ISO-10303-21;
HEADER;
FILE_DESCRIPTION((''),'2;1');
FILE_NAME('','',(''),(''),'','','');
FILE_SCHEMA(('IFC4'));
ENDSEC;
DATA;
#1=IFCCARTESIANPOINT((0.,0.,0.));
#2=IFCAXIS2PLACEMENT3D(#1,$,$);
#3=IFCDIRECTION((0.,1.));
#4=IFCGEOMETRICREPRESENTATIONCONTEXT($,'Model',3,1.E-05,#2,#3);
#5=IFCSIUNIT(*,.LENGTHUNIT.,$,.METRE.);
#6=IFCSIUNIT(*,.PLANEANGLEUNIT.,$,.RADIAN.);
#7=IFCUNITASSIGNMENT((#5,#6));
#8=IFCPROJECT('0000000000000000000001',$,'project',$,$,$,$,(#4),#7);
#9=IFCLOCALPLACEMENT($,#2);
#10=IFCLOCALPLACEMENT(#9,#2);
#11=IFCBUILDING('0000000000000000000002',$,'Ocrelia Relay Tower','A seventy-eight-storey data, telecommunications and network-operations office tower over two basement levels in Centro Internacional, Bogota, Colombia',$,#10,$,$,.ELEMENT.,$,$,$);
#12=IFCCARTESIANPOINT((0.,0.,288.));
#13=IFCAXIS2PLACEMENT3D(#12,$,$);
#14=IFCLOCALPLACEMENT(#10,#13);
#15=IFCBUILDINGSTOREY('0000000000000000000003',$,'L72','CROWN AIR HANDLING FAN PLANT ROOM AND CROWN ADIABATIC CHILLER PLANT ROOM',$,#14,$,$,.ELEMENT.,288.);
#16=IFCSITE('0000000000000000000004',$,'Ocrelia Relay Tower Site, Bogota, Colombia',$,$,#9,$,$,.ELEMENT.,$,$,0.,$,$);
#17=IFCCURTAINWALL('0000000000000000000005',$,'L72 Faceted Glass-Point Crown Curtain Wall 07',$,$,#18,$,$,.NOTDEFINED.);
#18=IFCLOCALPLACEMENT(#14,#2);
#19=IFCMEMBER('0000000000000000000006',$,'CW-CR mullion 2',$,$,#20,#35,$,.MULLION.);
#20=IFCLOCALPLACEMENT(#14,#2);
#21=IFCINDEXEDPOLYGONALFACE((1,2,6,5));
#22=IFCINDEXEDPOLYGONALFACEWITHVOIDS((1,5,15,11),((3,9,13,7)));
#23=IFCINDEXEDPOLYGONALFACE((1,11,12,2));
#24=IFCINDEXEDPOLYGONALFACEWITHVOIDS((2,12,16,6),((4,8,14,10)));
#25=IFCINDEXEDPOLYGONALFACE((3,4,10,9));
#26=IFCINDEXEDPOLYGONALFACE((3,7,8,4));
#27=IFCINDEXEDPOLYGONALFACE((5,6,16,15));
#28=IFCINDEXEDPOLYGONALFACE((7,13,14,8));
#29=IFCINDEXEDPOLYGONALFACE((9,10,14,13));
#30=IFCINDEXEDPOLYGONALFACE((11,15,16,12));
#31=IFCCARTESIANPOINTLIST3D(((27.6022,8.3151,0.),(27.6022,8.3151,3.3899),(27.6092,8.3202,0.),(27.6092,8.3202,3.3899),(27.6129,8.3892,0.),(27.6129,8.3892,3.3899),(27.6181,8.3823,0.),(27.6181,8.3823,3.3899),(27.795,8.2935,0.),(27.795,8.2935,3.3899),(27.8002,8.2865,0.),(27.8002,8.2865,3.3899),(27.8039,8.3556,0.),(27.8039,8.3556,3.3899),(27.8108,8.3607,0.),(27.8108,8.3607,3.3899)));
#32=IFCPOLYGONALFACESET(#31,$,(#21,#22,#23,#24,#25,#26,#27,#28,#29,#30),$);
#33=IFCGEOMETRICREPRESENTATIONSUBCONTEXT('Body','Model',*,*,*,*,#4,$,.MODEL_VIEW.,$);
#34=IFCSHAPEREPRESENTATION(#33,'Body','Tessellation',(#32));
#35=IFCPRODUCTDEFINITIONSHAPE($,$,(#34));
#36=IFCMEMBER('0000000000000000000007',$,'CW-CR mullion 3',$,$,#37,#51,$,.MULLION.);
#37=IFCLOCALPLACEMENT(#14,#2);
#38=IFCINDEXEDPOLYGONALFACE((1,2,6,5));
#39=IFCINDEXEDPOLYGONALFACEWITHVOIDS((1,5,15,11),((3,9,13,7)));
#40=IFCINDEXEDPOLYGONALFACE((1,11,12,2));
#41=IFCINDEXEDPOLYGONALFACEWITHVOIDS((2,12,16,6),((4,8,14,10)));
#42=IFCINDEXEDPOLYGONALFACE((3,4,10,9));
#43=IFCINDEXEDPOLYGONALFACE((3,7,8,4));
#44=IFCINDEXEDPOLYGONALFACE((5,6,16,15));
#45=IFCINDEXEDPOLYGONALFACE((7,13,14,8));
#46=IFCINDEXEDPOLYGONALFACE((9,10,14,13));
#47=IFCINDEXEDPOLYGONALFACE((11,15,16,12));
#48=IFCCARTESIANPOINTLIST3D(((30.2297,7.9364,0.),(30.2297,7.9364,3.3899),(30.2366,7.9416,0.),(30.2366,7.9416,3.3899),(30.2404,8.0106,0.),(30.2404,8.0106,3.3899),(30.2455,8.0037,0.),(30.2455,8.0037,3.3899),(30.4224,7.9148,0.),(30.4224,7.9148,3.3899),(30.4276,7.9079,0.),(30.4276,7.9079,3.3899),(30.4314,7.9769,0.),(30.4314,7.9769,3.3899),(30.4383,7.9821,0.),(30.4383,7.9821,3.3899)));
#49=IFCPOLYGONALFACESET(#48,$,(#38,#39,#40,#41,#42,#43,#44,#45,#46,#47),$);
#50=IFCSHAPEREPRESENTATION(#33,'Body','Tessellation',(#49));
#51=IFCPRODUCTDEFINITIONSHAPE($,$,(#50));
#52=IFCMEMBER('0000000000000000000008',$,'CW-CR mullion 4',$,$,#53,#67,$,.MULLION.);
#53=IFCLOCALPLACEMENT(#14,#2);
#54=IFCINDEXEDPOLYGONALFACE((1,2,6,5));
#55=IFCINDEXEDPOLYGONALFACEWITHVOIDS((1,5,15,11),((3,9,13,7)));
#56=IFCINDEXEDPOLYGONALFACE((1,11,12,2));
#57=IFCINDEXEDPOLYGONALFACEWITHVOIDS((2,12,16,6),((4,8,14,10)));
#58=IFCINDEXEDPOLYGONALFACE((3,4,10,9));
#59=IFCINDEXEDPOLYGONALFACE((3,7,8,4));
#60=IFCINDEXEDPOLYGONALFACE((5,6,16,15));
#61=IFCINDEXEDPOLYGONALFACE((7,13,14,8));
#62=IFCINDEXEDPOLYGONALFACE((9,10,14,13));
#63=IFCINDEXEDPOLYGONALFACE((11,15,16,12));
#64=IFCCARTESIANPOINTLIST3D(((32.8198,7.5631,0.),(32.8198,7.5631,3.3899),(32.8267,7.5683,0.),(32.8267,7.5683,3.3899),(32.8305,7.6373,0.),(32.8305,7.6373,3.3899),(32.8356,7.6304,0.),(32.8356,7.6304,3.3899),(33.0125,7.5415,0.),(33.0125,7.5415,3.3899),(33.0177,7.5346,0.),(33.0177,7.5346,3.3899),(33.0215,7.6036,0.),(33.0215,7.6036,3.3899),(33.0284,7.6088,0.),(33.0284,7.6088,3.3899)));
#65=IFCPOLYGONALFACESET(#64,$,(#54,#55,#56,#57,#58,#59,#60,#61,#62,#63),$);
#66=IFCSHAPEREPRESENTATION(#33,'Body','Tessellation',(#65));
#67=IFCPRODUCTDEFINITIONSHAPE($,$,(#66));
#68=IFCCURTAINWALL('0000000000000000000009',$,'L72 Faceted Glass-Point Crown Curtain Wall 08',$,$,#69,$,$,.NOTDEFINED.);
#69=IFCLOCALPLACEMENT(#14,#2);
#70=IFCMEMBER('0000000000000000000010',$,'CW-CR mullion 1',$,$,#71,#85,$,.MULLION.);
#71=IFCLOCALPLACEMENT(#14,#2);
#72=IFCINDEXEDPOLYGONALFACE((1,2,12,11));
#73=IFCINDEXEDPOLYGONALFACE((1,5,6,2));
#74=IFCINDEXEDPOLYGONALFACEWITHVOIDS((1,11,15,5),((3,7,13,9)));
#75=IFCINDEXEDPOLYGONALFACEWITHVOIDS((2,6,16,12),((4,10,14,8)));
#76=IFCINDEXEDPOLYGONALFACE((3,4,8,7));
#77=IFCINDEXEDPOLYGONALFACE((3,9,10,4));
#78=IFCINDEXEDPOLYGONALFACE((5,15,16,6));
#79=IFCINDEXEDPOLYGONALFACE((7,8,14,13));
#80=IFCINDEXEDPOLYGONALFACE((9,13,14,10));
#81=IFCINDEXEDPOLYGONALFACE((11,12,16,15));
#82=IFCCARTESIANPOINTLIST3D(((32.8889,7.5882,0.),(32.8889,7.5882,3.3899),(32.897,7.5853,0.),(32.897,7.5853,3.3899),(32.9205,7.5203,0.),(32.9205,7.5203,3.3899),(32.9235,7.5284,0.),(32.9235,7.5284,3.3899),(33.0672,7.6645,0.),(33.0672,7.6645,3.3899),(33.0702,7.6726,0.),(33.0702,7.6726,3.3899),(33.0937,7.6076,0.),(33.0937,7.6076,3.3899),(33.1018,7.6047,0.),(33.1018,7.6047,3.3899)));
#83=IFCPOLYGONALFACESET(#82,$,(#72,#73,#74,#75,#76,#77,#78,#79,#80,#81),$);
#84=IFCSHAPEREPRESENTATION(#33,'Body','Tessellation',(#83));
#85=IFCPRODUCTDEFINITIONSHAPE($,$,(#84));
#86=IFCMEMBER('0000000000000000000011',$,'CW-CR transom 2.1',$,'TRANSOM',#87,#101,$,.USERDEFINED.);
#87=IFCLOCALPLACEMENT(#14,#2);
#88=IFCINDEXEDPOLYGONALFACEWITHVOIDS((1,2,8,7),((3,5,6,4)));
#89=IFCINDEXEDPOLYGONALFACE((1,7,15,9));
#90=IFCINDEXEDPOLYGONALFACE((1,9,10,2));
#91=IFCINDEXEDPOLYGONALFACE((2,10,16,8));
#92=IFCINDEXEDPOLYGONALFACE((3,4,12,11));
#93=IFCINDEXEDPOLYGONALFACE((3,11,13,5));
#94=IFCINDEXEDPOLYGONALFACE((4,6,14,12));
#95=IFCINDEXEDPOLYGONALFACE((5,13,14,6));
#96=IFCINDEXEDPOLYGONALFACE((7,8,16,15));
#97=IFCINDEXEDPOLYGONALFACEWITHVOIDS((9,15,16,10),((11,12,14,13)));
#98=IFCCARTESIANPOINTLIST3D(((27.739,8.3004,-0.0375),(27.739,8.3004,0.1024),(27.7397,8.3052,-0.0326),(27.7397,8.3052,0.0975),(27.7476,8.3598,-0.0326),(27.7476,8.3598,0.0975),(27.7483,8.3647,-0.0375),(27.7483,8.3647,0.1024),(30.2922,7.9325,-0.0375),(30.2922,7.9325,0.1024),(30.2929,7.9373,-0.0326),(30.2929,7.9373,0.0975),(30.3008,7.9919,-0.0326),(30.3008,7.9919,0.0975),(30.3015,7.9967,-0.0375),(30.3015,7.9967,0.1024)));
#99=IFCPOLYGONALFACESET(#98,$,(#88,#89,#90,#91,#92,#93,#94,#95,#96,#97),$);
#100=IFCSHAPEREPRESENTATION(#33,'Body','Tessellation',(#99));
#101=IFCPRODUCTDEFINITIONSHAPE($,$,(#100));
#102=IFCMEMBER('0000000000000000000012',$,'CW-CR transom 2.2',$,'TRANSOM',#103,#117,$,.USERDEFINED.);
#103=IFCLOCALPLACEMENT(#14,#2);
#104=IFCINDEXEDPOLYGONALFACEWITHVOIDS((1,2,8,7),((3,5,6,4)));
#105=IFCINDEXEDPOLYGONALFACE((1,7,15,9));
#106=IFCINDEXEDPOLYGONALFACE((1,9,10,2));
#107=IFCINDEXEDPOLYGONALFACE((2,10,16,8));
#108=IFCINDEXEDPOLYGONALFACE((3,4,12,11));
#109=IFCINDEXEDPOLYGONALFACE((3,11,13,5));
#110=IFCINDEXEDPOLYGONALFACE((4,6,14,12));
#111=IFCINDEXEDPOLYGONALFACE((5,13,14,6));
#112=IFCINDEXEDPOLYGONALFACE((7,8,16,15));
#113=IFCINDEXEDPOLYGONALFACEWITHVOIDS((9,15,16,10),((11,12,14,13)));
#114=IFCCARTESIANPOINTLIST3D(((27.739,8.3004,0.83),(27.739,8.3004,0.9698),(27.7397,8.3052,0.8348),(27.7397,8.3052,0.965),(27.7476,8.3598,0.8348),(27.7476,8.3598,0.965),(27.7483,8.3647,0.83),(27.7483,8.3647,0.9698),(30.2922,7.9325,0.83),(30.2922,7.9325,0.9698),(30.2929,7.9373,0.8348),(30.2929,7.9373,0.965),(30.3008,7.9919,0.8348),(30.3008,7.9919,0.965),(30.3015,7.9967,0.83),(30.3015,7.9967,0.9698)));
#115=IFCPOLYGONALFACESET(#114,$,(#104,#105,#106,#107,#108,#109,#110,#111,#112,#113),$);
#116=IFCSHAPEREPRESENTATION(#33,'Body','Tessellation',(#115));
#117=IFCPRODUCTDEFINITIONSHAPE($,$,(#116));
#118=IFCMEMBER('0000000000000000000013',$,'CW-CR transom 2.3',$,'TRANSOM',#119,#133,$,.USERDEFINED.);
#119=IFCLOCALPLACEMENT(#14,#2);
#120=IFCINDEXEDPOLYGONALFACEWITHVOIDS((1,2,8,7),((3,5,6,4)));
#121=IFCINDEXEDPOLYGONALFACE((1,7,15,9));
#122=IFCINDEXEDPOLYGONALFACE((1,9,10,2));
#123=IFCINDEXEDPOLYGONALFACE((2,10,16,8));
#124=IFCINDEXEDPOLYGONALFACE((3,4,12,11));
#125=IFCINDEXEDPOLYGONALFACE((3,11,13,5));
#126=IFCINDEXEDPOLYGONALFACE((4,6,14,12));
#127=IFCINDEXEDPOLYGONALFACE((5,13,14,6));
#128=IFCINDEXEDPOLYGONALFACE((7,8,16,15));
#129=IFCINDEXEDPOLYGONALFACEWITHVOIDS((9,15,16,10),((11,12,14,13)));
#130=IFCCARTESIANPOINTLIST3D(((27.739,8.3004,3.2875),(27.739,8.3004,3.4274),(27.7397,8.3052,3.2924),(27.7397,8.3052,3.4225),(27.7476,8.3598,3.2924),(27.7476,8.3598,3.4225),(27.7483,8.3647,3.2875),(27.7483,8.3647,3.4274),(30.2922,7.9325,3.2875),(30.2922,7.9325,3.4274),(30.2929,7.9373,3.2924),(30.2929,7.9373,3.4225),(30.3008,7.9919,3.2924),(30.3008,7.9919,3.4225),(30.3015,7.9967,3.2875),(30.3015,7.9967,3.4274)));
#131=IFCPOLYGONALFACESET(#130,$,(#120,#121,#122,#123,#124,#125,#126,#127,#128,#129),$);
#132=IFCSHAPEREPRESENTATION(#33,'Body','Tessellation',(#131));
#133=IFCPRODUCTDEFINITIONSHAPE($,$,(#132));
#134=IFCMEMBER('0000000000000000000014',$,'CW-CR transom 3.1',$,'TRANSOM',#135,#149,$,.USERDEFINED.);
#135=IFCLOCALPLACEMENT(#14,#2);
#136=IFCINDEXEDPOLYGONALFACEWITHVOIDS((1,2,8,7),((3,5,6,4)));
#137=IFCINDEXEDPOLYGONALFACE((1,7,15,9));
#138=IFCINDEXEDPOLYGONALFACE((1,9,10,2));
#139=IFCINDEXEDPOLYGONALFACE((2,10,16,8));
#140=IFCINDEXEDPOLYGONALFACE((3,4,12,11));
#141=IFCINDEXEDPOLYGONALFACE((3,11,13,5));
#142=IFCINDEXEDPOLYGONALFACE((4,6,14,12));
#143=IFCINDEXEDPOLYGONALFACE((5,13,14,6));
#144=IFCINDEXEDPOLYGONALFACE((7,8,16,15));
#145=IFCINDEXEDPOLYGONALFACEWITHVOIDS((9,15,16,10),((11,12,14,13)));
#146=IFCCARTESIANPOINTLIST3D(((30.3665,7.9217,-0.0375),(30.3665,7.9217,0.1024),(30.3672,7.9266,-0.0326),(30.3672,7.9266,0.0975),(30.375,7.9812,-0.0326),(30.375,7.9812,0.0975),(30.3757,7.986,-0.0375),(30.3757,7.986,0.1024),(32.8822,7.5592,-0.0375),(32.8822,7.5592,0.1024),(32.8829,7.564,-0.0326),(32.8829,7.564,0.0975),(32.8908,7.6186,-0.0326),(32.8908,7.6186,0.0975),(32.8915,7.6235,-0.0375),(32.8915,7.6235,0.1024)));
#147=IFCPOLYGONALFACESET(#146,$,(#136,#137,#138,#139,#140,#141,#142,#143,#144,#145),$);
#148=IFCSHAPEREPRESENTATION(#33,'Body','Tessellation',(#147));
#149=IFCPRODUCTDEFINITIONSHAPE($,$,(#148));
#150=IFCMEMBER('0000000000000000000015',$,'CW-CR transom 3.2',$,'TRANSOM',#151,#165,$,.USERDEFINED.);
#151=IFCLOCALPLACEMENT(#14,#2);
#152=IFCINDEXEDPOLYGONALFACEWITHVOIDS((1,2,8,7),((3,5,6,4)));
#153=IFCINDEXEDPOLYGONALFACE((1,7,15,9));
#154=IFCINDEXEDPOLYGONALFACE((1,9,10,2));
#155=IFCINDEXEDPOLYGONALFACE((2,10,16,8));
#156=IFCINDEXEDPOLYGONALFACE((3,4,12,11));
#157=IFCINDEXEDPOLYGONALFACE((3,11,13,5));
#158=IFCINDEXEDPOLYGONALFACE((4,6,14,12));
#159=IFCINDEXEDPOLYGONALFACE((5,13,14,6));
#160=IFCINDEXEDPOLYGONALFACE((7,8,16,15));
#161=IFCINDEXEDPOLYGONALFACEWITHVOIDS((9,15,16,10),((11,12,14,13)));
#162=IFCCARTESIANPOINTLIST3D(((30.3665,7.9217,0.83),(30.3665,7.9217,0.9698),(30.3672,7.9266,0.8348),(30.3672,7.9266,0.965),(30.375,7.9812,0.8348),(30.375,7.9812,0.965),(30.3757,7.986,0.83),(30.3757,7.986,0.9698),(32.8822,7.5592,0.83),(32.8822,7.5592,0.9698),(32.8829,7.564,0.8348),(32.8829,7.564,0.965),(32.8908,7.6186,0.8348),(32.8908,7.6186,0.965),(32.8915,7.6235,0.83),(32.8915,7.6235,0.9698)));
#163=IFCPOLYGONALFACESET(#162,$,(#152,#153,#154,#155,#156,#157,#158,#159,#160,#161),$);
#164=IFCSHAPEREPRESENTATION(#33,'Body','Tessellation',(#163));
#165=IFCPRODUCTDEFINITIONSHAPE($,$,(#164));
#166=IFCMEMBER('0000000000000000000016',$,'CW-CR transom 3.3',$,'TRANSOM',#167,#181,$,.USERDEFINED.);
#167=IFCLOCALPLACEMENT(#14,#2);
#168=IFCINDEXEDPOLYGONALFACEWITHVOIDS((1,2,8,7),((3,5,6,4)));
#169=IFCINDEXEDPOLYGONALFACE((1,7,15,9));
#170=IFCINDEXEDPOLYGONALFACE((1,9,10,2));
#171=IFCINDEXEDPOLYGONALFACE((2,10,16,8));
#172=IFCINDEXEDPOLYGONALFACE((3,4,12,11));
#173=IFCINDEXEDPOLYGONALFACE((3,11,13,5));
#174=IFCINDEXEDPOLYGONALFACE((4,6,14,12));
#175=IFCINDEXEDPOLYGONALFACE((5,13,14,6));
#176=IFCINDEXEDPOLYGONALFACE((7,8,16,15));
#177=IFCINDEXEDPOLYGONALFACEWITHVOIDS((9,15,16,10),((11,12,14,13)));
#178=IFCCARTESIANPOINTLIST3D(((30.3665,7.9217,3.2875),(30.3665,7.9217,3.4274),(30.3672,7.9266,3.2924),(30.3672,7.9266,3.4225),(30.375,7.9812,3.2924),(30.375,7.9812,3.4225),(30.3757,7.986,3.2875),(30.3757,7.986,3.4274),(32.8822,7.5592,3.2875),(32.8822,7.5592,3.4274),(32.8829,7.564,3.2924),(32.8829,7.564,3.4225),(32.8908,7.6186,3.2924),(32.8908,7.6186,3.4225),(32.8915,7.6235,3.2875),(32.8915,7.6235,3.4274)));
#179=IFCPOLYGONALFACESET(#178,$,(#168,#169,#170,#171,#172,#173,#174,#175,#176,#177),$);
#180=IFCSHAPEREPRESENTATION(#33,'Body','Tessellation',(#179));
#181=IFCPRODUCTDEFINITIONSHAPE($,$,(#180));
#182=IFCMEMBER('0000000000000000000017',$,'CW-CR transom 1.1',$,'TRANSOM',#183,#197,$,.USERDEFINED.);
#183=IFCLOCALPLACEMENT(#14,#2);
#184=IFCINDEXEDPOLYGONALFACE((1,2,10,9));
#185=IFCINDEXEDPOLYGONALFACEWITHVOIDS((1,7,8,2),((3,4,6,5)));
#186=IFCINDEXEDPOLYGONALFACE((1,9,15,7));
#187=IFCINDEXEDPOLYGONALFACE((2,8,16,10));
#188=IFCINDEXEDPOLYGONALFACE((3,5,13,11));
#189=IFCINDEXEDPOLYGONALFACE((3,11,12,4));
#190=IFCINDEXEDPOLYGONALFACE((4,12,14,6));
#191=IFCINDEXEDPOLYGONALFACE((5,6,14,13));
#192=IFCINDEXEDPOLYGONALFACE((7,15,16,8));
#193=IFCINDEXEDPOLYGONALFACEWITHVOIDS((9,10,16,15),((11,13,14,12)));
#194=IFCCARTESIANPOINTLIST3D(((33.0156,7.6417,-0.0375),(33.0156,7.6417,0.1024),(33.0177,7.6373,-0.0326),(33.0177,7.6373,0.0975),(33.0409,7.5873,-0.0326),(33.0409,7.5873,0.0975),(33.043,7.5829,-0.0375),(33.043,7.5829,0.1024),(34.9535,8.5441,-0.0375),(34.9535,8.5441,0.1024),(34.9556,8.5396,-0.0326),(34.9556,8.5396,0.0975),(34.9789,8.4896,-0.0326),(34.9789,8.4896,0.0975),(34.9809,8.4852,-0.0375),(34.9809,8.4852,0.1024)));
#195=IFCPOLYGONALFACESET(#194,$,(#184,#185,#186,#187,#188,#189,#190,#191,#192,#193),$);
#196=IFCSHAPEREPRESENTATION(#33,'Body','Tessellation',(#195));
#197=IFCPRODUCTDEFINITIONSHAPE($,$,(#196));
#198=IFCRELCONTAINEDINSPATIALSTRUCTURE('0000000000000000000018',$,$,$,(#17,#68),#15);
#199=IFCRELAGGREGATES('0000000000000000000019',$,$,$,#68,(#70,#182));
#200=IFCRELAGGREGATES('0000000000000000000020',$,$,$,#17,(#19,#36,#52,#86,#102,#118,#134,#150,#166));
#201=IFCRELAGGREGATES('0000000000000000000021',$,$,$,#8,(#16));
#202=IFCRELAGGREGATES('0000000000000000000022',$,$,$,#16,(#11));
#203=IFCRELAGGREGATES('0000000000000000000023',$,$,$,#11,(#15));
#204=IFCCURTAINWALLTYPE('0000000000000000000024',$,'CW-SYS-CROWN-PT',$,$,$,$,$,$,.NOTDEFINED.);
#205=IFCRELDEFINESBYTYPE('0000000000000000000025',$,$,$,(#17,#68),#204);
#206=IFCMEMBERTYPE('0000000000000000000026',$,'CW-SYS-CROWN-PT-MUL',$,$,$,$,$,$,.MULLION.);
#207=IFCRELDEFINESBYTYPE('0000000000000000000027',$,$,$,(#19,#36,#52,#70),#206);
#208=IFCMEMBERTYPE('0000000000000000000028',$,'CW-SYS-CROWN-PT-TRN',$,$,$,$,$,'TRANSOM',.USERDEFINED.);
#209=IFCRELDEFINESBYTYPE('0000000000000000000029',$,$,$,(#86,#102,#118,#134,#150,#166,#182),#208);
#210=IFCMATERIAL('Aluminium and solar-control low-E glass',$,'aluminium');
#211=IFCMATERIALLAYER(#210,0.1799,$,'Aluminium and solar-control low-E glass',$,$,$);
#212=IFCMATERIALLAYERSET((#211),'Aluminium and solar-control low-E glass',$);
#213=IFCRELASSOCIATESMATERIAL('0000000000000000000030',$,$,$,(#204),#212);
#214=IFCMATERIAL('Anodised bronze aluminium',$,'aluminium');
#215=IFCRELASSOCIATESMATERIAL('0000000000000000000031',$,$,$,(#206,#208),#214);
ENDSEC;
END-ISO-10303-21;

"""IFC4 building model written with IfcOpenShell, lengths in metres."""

from ifc_helpers import new_model, si_unit, direction, frame, origin, origin_2d, place, context, subcontext, project, spatial, hollow_rectangle, extrude, material, layer, layer_set, material_profile, profile_set, type_object, element, aggregate, save


model = new_model("IFC4")

# Units and contexts
model_context = context("Model", 3, precision=1e-05, world=origin(), true_north=direction((0.0, 1.0)))
body_context = subcontext(model_context, "Body", "Model", "MODEL_VIEW")
ifc_project = project(units=[si_unit("LENGTHUNIT", "METRE"), si_unit("PLANEANGLEUNIT", "RADIAN")], contexts=[model_context])

# Site, building, storey
site_placement = place(None, origin())
site = spatial("IfcSite", under=ifc_project, at=site_placement, Name="Ocrelia Relay Tower Site, Bogota, Colombia", CompositionType="ELEMENT", RefElevation=0.0)
building_placement = place(site_placement, origin())
building = spatial("IfcBuilding", under=site, at=building_placement, Name="Ocrelia Relay Tower", Description="A seventy-eight-storey data, telecommunications and network-operations office tower over two basement levels in Centro Internacional, Bogota, Colombia", CompositionType="ELEMENT")
storey_placement = place(building_placement, frame((0.0, 0.0, 288.0)))
storey = spatial("IfcBuildingStorey", under=building, at=storey_placement, Name="L72", Description="CROWN AIR HANDLING FAN PLANT ROOM AND CROWN ADIABATIC CHILLER PLANT ROOM", CompositionType="ELEMENT", Elevation=288.0)

# Curtain wall, members
ifc_material_1 = material(Name="Aluminium and solar-control low-E glass", Category="aluminium")
ifc_layer_1 = layer(ifc_material_1, 0.1799, Name="Aluminium and solar-control low-E glass")
ifc_layer_set_1 = layer_set([ifc_layer_1], Name="Aluminium and solar-control low-E glass")
curtain_wall_type = type_object("IfcCurtainWallType", Name="CW-SYS-CROWN-PT", PredefinedType="NOTDEFINED", material=ifc_layer_set_1)
curtain_wall_1_placement = place(storey_placement, origin())
curtain_wall_1 = element("IfcCurtainWall", 1, at=curtain_wall_1_placement, inside=storey, type_object=curtain_wall_type, Name="L72 Faceted Glass-Point Crown Curtain Wall 07", PredefinedType="NOTDEFINED")
ifc_material_2 = material(Name="Anodised bronze aluminium", Category="aluminium")
ifc_material_profile_1 = material_profile(ifc_material_2, hollow_rectangle(XDim=0.075, YDim=0.2, WallThickness=0.0061, at=origin_2d()), Name="CW-MUL-200x75")
ifc_profile_set_1 = profile_set([ifc_material_profile_1], Name="Anodised bronze aluminium")
member_type_1 = type_object("IfcMemberType", Name="CW-SYS-CROWN-PT-MUL", PredefinedType="MULLION", material=ifc_profile_set_1)
member_1_placement = place(storey_placement, frame((27.7065, 8.3379, 0.0), z_axis=(0.0, 0.0, 1.0), x_axis=(0.142627, 0.989776, 0.0)))
member_1 = element("IfcMember", 2, at=member_1_placement, type_object=member_type_1, Name="CW-CR mullion 2", PredefinedType="MULLION", context=body_context, shape_type="SweptSolid", body=[
    extrude(hollow_rectangle(XDim=0.075, YDim=0.2, WallThickness=0.0061, at=origin_2d()), origin(), (0.0, 0.0, 1.0), 3.3899),
])
member_2_placement = place(storey_placement, frame((30.334, 7.9592, 0.0), z_axis=(0.0, 0.0, 1.0), x_axis=(0.142627, 0.989776, 0.0)))
member_2 = element("IfcMember", 3, at=member_2_placement, type_object=member_type_1, Name="CW-CR mullion 3", PredefinedType="MULLION", context=body_context, shape_type="SweptSolid", body=[
    extrude(hollow_rectangle(XDim=0.075, YDim=0.2, WallThickness=0.0061, at=origin_2d()), origin(), (0.0, 0.0, 1.0), 3.3899),
])
member_3_placement = place(storey_placement, frame((32.9241, 7.5859, 0.0), z_axis=(0.0, 0.0, 1.0), x_axis=(0.142627, 0.989776, 0.0)))
member_3 = element("IfcMember", 4, at=member_3_placement, type_object=member_type_1, Name="CW-CR mullion 4", PredefinedType="MULLION", context=body_context, shape_type="SweptSolid", body=[
    extrude(hollow_rectangle(XDim=0.075, YDim=0.2, WallThickness=0.0061, at=origin_2d()), origin(), (0.0, 0.0, 1.0), 3.3899),
])

# Curtain wall, member
curtain_wall_2_placement = place(storey_placement, origin())
curtain_wall_2 = element("IfcCurtainWall", 5, at=curtain_wall_2_placement, inside=storey, type_object=curtain_wall_type, Name="L72 Faceted Glass-Point Crown Curtain Wall 08", PredefinedType="NOTDEFINED")
member_4_placement = place(storey_placement, frame((32.9954, 7.5964, 0.0), z_axis=(0.0, 0.0, 1.0), x_axis=(-0.422115, 0.906542, 0.0)))
member_4 = element("IfcMember", 6, at=member_4_placement, type_object=member_type_1, Name="CW-CR mullion 1", PredefinedType="MULLION", context=body_context, shape_type="SweptSolid", body=[
    extrude(hollow_rectangle(XDim=0.075, YDim=0.2, WallThickness=0.0061, at=origin_2d()), origin(), (0.0, 0.0, 1.0), 3.3899),
])

# Members
ifc_material_profile_2 = material_profile(ifc_material_2, hollow_rectangle(XDim=0.0649, YDim=0.1399, WallThickness=0.0049, at=origin_2d()), Name="CW-TRN-140x65")
ifc_profile_set_2 = profile_set([ifc_material_profile_2], Name="Anodised bronze aluminium")
member_type_2 = type_object("IfcMemberType", Name="CW-SYS-CROWN-PT-TRN", ElementType="TRANSOM", PredefinedType="USERDEFINED", material=ifc_profile_set_2)
member_5_placement = place(storey_placement, frame((27.7437, 8.3325, 0.0325), z_axis=(0.989777, -0.142627, 0.0), x_axis=(0.142627, 0.989777, 0.0)))
member_5 = element("IfcMember", 7, at=member_5_placement, type_object=member_type_2, Name="CW-CR transom 2.1", ObjectType="TRANSOM", PredefinedType="USERDEFINED", context=body_context, shape_type="SweptSolid", body=[
    extrude(hollow_rectangle(XDim=0.0649, YDim=0.1399, WallThickness=0.0049, at=origin_2d()), origin(), (0.0, 0.0, 1.0), 2.5796),
])
member_6_placement = place(storey_placement, frame((27.7437, 8.3325, 0.8999), z_axis=(0.989777, -0.142627, 0.0), x_axis=(0.142627, 0.989777, 0.0)))
member_6 = element("IfcMember", 8, at=member_6_placement, type_object=member_type_2, Name="CW-CR transom 2.2", ObjectType="TRANSOM", PredefinedType="USERDEFINED", context=body_context, shape_type="SweptSolid", body=[
    extrude(hollow_rectangle(XDim=0.0649, YDim=0.1399, WallThickness=0.0049, at=origin_2d()), origin(), (0.0, 0.0, 1.0), 2.5796),
])
member_7_placement = place(storey_placement, frame((27.7437, 8.3325, 3.3574), z_axis=(0.989777, -0.142627, 0.0), x_axis=(0.142627, 0.989777, 0.0)))
member_7 = element("IfcMember", 9, at=member_7_placement, type_object=member_type_2, Name="CW-CR transom 2.3", ObjectType="TRANSOM", PredefinedType="USERDEFINED", context=body_context, shape_type="SweptSolid", body=[
    extrude(hollow_rectangle(XDim=0.0649, YDim=0.1399, WallThickness=0.0049, at=origin_2d()), origin(), (0.0, 0.0, 1.0), 2.5796),
])
member_8_placement = place(storey_placement, frame((30.3711, 7.9539, 0.0325), z_axis=(0.989776, -0.142631, 0.0), x_axis=(0.142631, 0.989776, 0.0)))
member_8 = element("IfcMember", 10, at=member_8_placement, type_object=member_type_2, Name="CW-CR transom 3.1", ObjectType="TRANSOM", PredefinedType="USERDEFINED", context=body_context, shape_type="SweptSolid", body=[
    extrude(hollow_rectangle(XDim=0.0649, YDim=0.1399, WallThickness=0.0049, at=origin_2d()), origin(), (0.0, 0.0, 1.0), 2.5417),
])
member_9_placement = place(storey_placement, frame((30.3711, 7.9539, 0.8999), z_axis=(0.989776, -0.142631, 0.0), x_axis=(0.142631, 0.989776, 0.0)))
member_9 = element("IfcMember", 11, at=member_9_placement, type_object=member_type_2, Name="CW-CR transom 3.2", ObjectType="TRANSOM", PredefinedType="USERDEFINED", context=body_context, shape_type="SweptSolid", body=[
    extrude(hollow_rectangle(XDim=0.0649, YDim=0.1399, WallThickness=0.0049, at=origin_2d()), origin(), (0.0, 0.0, 1.0), 2.5417),
])
member_10_placement = place(storey_placement, frame((30.3711, 7.9539, 3.3574), z_axis=(0.989776, -0.142631, 0.0), x_axis=(0.142631, 0.989776, 0.0)))
member_10 = element("IfcMember", 12, at=member_10_placement, type_object=member_type_2, Name="CW-CR transom 3.3", ObjectType="TRANSOM", PredefinedType="USERDEFINED", context=body_context, shape_type="SweptSolid", body=[
    extrude(hollow_rectangle(XDim=0.0649, YDim=0.1399, WallThickness=0.0049, at=origin_2d()), origin(), (0.0, 0.0, 1.0), 2.5417),
])
member_11_placement = place(storey_placement, frame((33.0293, 7.6123, 0.0325), z_axis=(0.90655, 0.422098, 0.0), x_axis=(-0.422098, 0.90655, 0.0)))
member_11 = element("IfcMember", 13, at=member_11_placement, type_object=member_type_2, Name="CW-CR transom 1.1", ObjectType="TRANSOM", PredefinedType="USERDEFINED", context=body_context, shape_type="SweptSolid", body=[
    extrude(hollow_rectangle(XDim=0.0649, YDim=0.1399, WallThickness=0.0049, at=origin_2d()), origin(), (0.0, 0.0, 1.0), 2.1377),
])
aggregate(curtain_wall_2, [member_4, member_11])

aggregate(curtain_wall_1, [member_1, member_2, member_3, member_5, member_6, member_7, member_8, member_9, member_10])

save(model, "model.ifc")
